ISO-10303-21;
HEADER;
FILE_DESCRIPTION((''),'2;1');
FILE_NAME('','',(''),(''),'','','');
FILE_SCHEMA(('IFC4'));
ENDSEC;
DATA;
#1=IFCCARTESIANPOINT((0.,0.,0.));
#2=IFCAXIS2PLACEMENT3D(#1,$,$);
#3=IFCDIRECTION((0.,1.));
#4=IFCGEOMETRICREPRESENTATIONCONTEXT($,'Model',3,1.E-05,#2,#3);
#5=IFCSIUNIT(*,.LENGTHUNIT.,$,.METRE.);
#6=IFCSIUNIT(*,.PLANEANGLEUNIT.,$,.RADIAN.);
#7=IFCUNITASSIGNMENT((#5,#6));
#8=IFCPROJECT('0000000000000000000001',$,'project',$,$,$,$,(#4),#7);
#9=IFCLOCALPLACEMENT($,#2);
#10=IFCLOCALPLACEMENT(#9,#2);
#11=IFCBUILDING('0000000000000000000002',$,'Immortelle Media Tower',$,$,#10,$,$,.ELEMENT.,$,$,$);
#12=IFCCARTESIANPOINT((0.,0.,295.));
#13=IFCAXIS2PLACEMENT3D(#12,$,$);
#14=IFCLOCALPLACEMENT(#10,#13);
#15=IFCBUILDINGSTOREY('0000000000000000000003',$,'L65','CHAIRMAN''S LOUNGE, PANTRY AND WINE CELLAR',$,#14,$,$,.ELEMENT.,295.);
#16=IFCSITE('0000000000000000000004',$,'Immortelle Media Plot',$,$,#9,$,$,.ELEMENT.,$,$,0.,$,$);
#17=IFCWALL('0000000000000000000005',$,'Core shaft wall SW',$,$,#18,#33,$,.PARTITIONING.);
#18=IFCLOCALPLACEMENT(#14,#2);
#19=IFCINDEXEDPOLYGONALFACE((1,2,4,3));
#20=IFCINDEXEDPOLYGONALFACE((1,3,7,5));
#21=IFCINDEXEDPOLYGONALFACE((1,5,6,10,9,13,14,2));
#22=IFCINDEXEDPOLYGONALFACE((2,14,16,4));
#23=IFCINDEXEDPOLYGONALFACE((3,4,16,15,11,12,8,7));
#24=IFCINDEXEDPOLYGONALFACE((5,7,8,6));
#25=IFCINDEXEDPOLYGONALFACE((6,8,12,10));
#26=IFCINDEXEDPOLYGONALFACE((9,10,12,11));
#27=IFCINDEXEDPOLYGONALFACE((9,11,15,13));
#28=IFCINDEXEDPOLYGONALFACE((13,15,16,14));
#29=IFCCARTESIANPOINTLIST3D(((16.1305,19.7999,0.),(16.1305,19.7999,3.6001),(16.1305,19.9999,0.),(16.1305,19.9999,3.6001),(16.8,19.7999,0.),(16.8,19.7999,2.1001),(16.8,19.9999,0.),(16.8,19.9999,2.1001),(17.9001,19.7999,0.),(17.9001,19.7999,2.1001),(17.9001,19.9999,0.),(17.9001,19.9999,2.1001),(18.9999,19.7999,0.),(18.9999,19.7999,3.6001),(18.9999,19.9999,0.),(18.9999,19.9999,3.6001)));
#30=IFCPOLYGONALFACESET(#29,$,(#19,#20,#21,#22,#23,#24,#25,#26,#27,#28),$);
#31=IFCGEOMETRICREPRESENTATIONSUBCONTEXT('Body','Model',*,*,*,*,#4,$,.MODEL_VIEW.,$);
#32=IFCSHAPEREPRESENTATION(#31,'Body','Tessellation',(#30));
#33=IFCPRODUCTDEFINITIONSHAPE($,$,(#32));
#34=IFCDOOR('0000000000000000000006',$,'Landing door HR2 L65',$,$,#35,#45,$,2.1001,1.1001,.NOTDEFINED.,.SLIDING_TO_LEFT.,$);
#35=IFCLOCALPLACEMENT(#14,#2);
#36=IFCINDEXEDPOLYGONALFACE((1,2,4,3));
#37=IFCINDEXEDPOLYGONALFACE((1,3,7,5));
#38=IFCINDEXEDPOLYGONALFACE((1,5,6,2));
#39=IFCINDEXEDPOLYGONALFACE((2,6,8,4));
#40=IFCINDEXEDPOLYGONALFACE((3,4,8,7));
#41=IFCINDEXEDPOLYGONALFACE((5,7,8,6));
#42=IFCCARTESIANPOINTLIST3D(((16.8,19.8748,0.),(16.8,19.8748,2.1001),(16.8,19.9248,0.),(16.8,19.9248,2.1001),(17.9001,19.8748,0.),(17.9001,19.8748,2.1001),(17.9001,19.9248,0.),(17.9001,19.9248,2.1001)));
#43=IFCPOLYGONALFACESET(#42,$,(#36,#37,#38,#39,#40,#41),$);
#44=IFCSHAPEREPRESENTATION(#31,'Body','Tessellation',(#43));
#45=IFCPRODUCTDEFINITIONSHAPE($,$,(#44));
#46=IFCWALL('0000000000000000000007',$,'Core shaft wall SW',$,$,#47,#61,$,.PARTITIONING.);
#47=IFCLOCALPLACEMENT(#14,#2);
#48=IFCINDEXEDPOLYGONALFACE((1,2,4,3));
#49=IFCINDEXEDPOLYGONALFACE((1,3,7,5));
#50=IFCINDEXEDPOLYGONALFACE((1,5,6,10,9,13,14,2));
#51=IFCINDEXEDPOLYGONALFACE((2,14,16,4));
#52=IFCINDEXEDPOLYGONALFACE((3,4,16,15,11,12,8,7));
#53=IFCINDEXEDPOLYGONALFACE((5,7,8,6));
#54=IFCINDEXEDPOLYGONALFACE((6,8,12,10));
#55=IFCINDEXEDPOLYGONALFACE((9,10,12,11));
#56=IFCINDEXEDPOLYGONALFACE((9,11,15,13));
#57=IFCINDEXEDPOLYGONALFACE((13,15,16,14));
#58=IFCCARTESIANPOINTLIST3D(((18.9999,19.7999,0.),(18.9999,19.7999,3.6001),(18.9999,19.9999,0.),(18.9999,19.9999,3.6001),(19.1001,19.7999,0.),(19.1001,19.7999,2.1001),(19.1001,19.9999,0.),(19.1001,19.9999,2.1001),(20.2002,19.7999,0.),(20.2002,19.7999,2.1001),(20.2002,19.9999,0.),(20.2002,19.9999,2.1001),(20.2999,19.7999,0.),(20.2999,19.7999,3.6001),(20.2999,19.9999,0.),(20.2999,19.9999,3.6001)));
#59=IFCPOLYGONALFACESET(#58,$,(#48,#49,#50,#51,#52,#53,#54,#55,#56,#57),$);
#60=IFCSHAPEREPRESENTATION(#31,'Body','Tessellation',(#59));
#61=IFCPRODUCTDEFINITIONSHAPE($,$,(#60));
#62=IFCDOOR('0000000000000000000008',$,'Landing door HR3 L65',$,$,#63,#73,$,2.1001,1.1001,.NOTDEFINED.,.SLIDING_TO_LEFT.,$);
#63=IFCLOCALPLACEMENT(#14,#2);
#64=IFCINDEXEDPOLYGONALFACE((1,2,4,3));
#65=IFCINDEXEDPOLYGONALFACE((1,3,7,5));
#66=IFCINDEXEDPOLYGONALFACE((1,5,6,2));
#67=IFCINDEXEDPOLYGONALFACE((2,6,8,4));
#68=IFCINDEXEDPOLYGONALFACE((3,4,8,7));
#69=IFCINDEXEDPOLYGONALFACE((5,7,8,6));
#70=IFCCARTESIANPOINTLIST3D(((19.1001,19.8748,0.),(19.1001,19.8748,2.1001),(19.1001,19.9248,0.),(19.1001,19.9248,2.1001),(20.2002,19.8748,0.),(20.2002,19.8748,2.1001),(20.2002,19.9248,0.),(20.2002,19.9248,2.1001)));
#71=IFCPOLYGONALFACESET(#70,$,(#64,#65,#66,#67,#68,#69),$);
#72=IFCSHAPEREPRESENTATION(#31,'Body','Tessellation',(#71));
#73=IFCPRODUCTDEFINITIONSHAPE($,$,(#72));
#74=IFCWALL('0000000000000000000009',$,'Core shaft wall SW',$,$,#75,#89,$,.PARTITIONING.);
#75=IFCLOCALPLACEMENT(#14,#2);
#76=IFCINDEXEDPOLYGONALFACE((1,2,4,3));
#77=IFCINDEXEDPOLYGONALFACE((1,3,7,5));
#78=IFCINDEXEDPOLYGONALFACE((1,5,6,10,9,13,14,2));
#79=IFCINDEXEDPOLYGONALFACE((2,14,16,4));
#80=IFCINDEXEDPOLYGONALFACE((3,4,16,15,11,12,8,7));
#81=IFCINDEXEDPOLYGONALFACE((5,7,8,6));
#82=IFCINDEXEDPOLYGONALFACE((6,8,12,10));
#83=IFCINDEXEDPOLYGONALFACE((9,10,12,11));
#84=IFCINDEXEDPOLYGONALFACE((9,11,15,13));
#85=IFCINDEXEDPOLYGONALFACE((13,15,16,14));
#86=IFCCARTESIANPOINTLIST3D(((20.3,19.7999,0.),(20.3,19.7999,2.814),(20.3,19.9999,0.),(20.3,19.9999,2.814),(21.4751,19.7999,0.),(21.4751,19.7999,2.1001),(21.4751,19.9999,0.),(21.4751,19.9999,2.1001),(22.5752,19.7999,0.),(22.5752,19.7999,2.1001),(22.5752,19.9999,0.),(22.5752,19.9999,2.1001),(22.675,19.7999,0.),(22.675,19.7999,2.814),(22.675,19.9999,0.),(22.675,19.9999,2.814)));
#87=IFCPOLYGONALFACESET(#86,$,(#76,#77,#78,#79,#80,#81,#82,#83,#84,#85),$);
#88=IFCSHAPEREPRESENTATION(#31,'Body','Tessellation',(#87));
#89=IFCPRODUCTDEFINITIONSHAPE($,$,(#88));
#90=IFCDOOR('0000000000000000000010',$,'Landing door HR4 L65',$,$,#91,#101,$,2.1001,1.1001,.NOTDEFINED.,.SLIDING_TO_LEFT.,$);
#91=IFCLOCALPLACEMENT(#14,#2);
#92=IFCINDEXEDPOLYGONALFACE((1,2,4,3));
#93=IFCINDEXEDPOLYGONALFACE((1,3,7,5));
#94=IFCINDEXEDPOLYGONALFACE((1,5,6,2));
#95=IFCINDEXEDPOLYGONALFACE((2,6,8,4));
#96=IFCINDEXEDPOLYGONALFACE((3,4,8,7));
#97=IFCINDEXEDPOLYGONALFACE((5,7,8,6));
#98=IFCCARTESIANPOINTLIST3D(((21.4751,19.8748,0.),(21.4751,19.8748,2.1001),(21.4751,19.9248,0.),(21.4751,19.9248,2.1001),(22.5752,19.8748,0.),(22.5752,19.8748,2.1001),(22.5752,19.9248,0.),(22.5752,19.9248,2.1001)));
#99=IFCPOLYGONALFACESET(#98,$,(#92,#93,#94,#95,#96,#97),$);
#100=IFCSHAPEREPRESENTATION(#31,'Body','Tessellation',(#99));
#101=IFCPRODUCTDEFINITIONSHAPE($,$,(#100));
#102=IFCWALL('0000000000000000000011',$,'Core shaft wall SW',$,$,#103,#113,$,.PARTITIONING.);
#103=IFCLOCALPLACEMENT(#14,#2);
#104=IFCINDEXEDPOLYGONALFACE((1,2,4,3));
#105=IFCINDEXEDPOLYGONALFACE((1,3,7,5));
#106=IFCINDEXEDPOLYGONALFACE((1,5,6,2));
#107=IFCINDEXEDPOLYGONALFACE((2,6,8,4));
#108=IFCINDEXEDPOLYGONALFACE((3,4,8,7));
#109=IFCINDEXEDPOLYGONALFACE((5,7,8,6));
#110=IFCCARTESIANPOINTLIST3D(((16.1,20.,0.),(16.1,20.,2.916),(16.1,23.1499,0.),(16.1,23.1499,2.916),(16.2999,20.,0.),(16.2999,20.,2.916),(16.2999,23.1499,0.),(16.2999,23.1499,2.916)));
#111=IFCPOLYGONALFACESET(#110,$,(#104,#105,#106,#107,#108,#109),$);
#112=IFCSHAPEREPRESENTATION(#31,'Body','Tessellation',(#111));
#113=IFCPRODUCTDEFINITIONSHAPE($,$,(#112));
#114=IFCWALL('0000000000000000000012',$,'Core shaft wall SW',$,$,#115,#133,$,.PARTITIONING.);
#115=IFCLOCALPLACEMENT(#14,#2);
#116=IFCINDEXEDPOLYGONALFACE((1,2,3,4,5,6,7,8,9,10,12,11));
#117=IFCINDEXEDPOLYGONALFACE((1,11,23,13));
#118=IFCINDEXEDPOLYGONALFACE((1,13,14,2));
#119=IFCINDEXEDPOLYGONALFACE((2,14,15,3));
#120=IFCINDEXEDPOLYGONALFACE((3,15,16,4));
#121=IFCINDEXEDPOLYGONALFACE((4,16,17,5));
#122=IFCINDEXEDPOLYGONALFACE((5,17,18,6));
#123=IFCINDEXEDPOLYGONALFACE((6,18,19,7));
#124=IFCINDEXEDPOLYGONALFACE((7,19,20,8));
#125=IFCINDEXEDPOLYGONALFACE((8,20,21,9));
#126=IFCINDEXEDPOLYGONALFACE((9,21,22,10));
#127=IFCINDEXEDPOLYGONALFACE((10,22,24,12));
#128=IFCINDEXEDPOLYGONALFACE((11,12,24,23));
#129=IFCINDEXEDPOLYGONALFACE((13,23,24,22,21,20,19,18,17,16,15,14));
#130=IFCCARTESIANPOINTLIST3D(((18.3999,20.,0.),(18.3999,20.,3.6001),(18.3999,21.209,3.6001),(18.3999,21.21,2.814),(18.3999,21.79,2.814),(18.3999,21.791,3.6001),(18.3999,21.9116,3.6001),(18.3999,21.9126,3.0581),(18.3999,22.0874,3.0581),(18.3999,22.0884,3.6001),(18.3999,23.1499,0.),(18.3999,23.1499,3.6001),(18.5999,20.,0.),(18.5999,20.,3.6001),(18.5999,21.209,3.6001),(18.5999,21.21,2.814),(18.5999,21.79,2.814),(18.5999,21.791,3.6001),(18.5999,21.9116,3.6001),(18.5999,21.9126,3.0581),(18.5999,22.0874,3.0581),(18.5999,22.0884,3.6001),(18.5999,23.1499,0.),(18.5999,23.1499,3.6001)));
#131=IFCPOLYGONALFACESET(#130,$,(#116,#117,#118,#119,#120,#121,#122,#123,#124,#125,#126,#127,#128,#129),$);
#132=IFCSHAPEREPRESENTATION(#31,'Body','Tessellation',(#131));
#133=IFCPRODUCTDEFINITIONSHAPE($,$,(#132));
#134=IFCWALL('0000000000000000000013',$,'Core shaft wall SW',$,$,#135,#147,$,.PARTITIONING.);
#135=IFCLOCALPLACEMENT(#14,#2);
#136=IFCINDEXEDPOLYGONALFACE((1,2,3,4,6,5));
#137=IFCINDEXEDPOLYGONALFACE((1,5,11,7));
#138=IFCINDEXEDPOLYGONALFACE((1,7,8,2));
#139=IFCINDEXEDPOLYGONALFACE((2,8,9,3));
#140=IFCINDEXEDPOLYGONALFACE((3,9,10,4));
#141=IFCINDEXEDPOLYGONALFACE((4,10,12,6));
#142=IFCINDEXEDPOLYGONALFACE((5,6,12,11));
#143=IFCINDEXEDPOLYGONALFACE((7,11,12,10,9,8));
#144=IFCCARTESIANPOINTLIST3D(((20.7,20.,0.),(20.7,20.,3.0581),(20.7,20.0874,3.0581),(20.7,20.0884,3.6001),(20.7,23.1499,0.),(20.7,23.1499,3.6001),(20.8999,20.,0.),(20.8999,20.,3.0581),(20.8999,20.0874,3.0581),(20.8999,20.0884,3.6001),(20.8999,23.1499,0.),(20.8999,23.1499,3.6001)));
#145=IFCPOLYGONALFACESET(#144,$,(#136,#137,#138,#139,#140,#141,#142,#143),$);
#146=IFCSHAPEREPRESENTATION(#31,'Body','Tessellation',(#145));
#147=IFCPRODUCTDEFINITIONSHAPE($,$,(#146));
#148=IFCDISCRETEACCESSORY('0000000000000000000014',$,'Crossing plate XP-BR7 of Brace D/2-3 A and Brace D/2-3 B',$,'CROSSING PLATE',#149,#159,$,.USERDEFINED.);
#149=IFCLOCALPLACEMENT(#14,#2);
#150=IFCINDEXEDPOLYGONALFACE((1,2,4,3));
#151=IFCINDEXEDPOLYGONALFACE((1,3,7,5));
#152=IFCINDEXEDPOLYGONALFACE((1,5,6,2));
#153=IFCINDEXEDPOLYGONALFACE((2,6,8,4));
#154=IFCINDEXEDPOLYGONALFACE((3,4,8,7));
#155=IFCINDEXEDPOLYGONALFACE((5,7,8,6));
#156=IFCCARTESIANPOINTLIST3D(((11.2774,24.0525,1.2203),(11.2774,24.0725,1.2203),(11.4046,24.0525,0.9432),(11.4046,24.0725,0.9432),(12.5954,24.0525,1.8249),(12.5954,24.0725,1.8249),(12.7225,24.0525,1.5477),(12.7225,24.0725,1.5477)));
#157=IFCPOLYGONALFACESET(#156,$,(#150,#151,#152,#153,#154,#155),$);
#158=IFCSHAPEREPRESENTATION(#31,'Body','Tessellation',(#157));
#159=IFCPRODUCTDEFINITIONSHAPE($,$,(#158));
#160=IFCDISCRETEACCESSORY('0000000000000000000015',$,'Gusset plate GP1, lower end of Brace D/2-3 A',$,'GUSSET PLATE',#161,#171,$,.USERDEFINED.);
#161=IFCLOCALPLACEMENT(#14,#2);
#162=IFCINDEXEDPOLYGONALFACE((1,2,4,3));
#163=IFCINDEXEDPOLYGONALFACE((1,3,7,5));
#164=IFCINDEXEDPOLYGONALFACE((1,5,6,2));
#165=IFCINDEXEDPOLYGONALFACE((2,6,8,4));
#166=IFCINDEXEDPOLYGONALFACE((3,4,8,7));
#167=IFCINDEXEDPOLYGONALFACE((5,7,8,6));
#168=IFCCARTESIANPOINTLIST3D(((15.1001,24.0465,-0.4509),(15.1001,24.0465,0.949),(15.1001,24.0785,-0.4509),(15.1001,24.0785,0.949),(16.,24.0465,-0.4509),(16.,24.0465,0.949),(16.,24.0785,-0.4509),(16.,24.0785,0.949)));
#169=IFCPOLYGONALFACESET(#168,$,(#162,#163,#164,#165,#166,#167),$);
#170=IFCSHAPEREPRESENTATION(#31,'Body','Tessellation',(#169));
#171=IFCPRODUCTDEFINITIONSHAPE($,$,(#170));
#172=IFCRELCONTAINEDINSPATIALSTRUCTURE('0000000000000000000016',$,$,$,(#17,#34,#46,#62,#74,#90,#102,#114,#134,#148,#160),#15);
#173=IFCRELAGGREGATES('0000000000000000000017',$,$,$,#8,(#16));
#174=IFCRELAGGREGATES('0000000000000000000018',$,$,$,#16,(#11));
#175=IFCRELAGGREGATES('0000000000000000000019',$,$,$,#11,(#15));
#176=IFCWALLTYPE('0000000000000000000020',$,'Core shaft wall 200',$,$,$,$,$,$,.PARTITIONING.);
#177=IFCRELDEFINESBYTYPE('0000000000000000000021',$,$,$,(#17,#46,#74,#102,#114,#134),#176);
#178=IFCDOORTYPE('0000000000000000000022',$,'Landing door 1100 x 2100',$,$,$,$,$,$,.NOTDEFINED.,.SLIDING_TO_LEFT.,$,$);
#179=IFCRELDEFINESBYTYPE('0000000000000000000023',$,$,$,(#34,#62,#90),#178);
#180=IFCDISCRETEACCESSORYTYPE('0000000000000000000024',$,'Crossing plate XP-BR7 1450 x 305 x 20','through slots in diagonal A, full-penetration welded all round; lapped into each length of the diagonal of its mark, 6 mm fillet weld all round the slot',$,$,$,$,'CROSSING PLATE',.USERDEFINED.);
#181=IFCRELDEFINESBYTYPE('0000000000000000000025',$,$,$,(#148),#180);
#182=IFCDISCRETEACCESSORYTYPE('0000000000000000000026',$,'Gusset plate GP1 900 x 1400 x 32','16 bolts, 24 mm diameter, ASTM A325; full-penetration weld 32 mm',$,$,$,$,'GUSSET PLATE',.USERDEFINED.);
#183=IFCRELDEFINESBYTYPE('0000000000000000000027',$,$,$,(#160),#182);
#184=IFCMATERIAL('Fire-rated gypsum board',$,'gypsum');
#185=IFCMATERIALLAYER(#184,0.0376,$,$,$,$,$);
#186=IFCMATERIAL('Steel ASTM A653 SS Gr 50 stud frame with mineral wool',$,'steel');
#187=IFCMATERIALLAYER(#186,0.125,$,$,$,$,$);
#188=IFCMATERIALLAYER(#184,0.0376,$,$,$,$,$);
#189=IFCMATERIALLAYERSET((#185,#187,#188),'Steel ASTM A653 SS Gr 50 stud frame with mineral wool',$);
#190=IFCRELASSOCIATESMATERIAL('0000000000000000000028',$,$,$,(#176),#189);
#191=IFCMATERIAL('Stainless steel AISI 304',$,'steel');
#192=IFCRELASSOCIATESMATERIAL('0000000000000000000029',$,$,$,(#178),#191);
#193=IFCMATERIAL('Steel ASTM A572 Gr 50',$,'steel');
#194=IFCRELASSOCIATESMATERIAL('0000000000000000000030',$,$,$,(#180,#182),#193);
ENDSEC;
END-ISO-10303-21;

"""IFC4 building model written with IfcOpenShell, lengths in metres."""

from ifc_helpers import new_model, si_unit, direction, frame, frame_2d, origin, origin_2d, place, context, subcontext, project, spatial, polyline, rectangle, outline, extrude, material, layer, layer_set, material_profile, profile_set, type_object, element, fill, save


model = new_model("IFC4")

# Units and contexts
model_context = context("Model", 3, precision=1e-05, world=origin(), true_north=direction((0.0, 1.0)))
body_context = subcontext(model_context, "Body", "Model", "MODEL_VIEW")
ifc_project = project(units=[si_unit("LENGTHUNIT", "METRE"), si_unit("PLANEANGLEUNIT", "RADIAN")], contexts=[model_context])

# Site, building, storey
site_placement = place(None, origin())
site = spatial("IfcSite", under=ifc_project, at=site_placement, Name="Immortelle Media Plot", CompositionType="ELEMENT", RefElevation=0.0)
building_placement = place(site_placement, origin())
building = spatial("IfcBuilding", under=site, at=building_placement, Name="Immortelle Media Tower", CompositionType="ELEMENT")
storey_placement = place(building_placement, frame((0.0, 0.0, 295.0)))
storey = spatial("IfcBuildingStorey", under=building, at=storey_placement, Name="L65", Description="CHAIRMAN'S LOUNGE, PANTRY AND WINE CELLAR", CompositionType="ELEMENT", Elevation=295.0)

# Shared definitions
ifc_material_1 = material(Name="Fire-rated gypsum board", Category="gypsum")
ifc_material_2 = material(Name="Steel ASTM A653 SS Gr 50 stud frame with mineral wool", Category="steel")
ifc_layer_1 = layer(ifc_material_1, 0.0376)
ifc_layer_2 = layer(ifc_material_2, 0.125)
ifc_layer_3 = layer(ifc_material_1, 0.0376)
ifc_layer_set_1 = layer_set([ifc_layer_1, ifc_layer_2, ifc_layer_3], Name="Steel ASTM A653 SS Gr 50 stud frame with mineral wool")
wall_type_1 = type_object("IfcWallType", Name="Core shaft wall 200", PredefinedType="PARTITIONING", material=ifc_layer_set_1)

# Walls, openings, doors
wall_1_placement = place(storey_placement, frame((16.1306, 19.8999, 0.0), z_axis=(0.0, 0.0, 1.0), x_axis=(1.0, 0.0, 0.0)))
wall_1 = element("IfcWall", 1, at=wall_1_placement, inside=storey, type_object=wall_type_1, Name="Core shaft wall SW", PredefinedType="PARTITIONING", context=body_context, shape_type="SweptSolid", body=[
    extrude(rectangle(XDim=2.8694, YDim=0.2, at=frame_2d((1.4346, 0.0))), origin(), (0.0, 0.0, 1.0), 3.6001),
])
opening_1_placement = place(wall_1_placement, frame((0.6694, 0.0, 0.0)))
opening_1 = element("IfcOpeningElement", 2, at=opening_1_placement, cuts=wall_1, PredefinedType="OPENING", context=body_context, shape_type="SweptSolid", body=[
    extrude(rectangle(XDim=1.1001, YDim=2.1001, at=frame_2d((0.55, 1.05))), frame((0.0, 0.1099, 0.0), z_axis=(0.0, -1.0, 0.0), x_axis=(1.0, 0.0, 0.0)), (0.0, 0.0, 1.0), 0.22),
])
ifc_material_3 = material(Name="Stainless steel AISI 304", Category="steel")
door_type = type_object("IfcDoorType", Name="Landing door 1100 x 2100", OperationType="SLIDING_TO_LEFT", PredefinedType="NOTDEFINED", material=ifc_material_3)
door_1_placement = place(opening_1_placement, origin())
door_1 = element("IfcDoor", 3, at=door_1_placement, inside=storey, type_object=door_type, Name="Landing door HR2 L65", OperationType="SLIDING_TO_LEFT", OverallHeight=2.1001, OverallWidth=1.1001, PredefinedType="NOTDEFINED", context=body_context, shape_type="SweptSolid", body=[
    extrude(rectangle(XDim=1.1001, YDim=2.1001, at=frame_2d((0.55, 1.05))), frame((0.0, 0.0249, 0.0), z_axis=(0.0, -1.0, 0.0), x_axis=(1.0, 0.0, 0.0)), (0.0, 0.0, 1.0), 0.05),
])
fill(opening_1, door_1)
wall_2_placement = place(storey_placement, frame((19.0, 19.8999, 0.0), z_axis=(0.0, 0.0, 1.0), x_axis=(1.0, 0.0, 0.0)))
wall_2 = element("IfcWall", 4, at=wall_2_placement, inside=storey, type_object=wall_type_1, Name="Core shaft wall SW", PredefinedType="PARTITIONING", context=body_context, shape_type="SweptSolid", body=[
    extrude(rectangle(XDim=1.3, YDim=0.2, at=frame_2d((0.6499, 0.0))), origin(), (0.0, 0.0, 1.0), 3.6001),
])
opening_2_placement = place(wall_2_placement, frame((0.1001, 0.0, 0.0)))
opening_2 = element("IfcOpeningElement", 5, at=opening_2_placement, cuts=wall_2, PredefinedType="OPENING", context=body_context, shape_type="SweptSolid", body=[
    extrude(rectangle(XDim=1.1001, YDim=2.1001, at=frame_2d((0.55, 1.05))), frame((0.0, 0.1099, 0.0), z_axis=(0.0, -1.0, 0.0), x_axis=(1.0, 0.0, 0.0)), (0.0, 0.0, 1.0), 0.22),
])
door_2_placement = place(opening_2_placement, origin())
door_2 = element("IfcDoor", 6, at=door_2_placement, inside=storey, type_object=door_type, Name="Landing door HR3 L65", OperationType="SLIDING_TO_LEFT", OverallHeight=2.1001, OverallWidth=1.1001, PredefinedType="NOTDEFINED", context=body_context, shape_type="SweptSolid", body=[
    extrude(rectangle(XDim=1.1001, YDim=2.1001, at=frame_2d((0.55, 1.05))), frame((0.0, 0.0249, 0.0), z_axis=(0.0, -1.0, 0.0), x_axis=(1.0, 0.0, 0.0)), (0.0, 0.0, 1.0), 0.05),
])
fill(opening_2, door_2)
wall_3_placement = place(storey_placement, frame((20.3, 19.8999, 0.0), z_axis=(0.0, 0.0, 1.0), x_axis=(1.0, 0.0, 0.0)))
wall_3 = element("IfcWall", 7, at=wall_3_placement, inside=storey, type_object=wall_type_1, Name="Core shaft wall SW", PredefinedType="PARTITIONING", context=body_context, shape_type="SweptSolid", body=[
    extrude(rectangle(XDim=2.375, YDim=0.2, at=frame_2d((1.1875, 0.0))), origin(), (0.0, 0.0, 1.0), 2.814),
])
opening_3_placement = place(wall_3_placement, frame((1.175, 0.0, 0.0)))
opening_3 = element("IfcOpeningElement", 8, at=opening_3_placement, cuts=wall_3, PredefinedType="OPENING", context=body_context, shape_type="SweptSolid", body=[
    extrude(rectangle(XDim=1.1001, YDim=2.1001, at=frame_2d((0.55, 1.05))), frame((0.0, 0.1099, 0.0), z_axis=(0.0, -1.0, 0.0), x_axis=(1.0, 0.0, 0.0)), (0.0, 0.0, 1.0), 0.22),
])
door_3_placement = place(opening_3_placement, origin())
door_3 = element("IfcDoor", 9, at=door_3_placement, inside=storey, type_object=door_type, Name="Landing door HR4 L65", OperationType="SLIDING_TO_LEFT", OverallHeight=2.1001, OverallWidth=1.1001, PredefinedType="NOTDEFINED", context=body_context, shape_type="SweptSolid", body=[
    extrude(rectangle(XDim=1.1001, YDim=2.1001, at=frame_2d((0.55, 1.05))), frame((0.0, 0.0249, 0.0), z_axis=(0.0, -1.0, 0.0), x_axis=(1.0, 0.0, 0.0)), (0.0, 0.0, 1.0), 0.05),
])
fill(opening_3, door_3)

# Walls
wall_4_placement = place(storey_placement, frame((16.2, 20.0, 0.0), z_axis=(0.0, 0.0, 1.0), x_axis=(0.0, 1.0, 0.0)))
element("IfcWall", 10, at=wall_4_placement, inside=storey, type_object=wall_type_1, Name="Core shaft wall SW", PredefinedType="PARTITIONING", context=body_context, shape_type="SweptSolid", body=[
    extrude(rectangle(XDim=3.1499, YDim=0.2, at=frame_2d((1.575, 0.0))), origin(), (0.0, 0.0, 1.0), 2.916),
])
wall_5_placement = place(storey_placement, frame((18.5, 20.0, 0.0), z_axis=(0.0, 0.0, 1.0), x_axis=(0.0, 1.0, 0.0)))
element("IfcWall", 11, at=wall_5_placement, inside=storey, type_object=wall_type_1, Name="Core shaft wall SW", PredefinedType="PARTITIONING", context=body_context, shape_type="SweptSolid", body=[
    extrude(outline(polyline([(0.0, 0.0), (3.1499, 0.0), (3.1499, 3.6001), (2.0884, 3.6001), (2.0874, 3.0581), (1.9126, 3.0581), (1.9116, 3.6001), (1.791, 3.6001), (1.79, 2.814), (1.21, 2.814), (1.209, 3.6001), (0.0, 3.6001), (0.0, 0.0)])), frame((0.0, 0.1001, 0.0), z_axis=(0.0, -1.0, 0.0), x_axis=(1.0, 0.0, 0.0)), (0.0, 0.0, 1.0), 0.2),
])
wall_6_placement = place(storey_placement, frame((20.8, 20.0, 0.0), z_axis=(0.0, 0.0, 1.0), x_axis=(0.0, 1.0, 0.0)))
element("IfcWall", 12, at=wall_6_placement, inside=storey, type_object=wall_type_1, Name="Core shaft wall SW", PredefinedType="PARTITIONING", context=body_context, shape_type="SweptSolid", body=[
    extrude(outline(polyline([(0.0, 0.0), (3.1499, 0.0), (3.1499, 3.6001), (0.0884, 3.6001), (0.0874, 3.0581), (0.0, 3.0581), (0.0, 0.0)])), frame((0.0, 0.1001, 0.0), z_axis=(0.0, -1.0, 0.0), x_axis=(1.0, 0.0, 0.0)), (0.0, 0.0, 1.0), 0.2),
])

# Discrete accessories
ifc_material_4 = material(Name="Steel ASTM A572 Gr 50", Category="steel")
ifc_material_profile_1 = material_profile(ifc_material_4, rectangle(XDim=0.02, YDim=0.3049, at=origin_2d()), Name="PL 20 x 305")
ifc_profile_set_1 = profile_set([ifc_material_profile_1], Name="Steel ASTM A572 Gr 50")
discrete_accessory_type_1 = type_object("IfcDiscreteAccessoryType", Name="Crossing plate XP-BR7 1450 x 305 x 20", Description="through slots in diagonal A, full-penetration welded all round; lapped into each length of the diagonal of its mark, 6 mm fillet weld all round the slot", ElementType="CROSSING PLATE", PredefinedType="USERDEFINED", material=ifc_profile_set_1)
discrete_accessory_placement = place(storey_placement, frame((12.6589, 24.0625, 1.6863), z_axis=(-0.908943, 0.0, -0.416921), x_axis=(0.0, -1.0, 0.0)))
element("IfcDiscreteAccessory", 13, at=discrete_accessory_placement, inside=storey, type_object=discrete_accessory_type_1, Name="Crossing plate XP-BR7 of Brace D/2-3 A and Brace D/2-3 B", ObjectType="CROSSING PLATE", PredefinedType="USERDEFINED", context=body_context, shape_type="SweptSolid", body=[
    extrude(rectangle(XDim=0.02, YDim=0.3049, at=origin_2d()), origin(), (0.0, 0.0, 1.0), 1.45),
])
ifc_material_profile_2 = material_profile(ifc_material_4, rectangle(XDim=0.032, YDim=1.3999, at=origin_2d()), Name="PL 32 x 1400")
ifc_profile_set_2 = profile_set([ifc_material_profile_2], Name="Steel ASTM A572 Gr 50")
discrete_accessory_type_2 = type_object("IfcDiscreteAccessoryType", Name="Gusset plate GP1 900 x 1400 x 32", Description="16 bolts, 24 mm diameter, ASTM A325; full-penetration weld 32 mm", ElementType="GUSSET PLATE", PredefinedType="USERDEFINED", material=ifc_profile_set_2)
for number, where, z_axis, x_axis, name in (
    (14, (16.0, 24.0625, 0.249), (-1.0, 0.0, 0.0), (0.0, -1.0, 0.0), "Gusset plate GP1, lower end of Brace D/2-3 A"),
):
    element("IfcDiscreteAccessory", number, at=place(storey_placement, frame(where, z_axis=z_axis, x_axis=x_axis)), inside=storey, type_object=discrete_accessory_type_2, Name=name, ObjectType="GUSSET PLATE", PredefinedType="USERDEFINED", context=body_context, shape_type="SweptSolid", body=[
        extrude(rectangle(XDim=0.032, YDim=1.3999, at=origin_2d()), origin(), (0.0, 0.0, 1.0), 0.8999),
    ])

save(model, "model.ifc")
